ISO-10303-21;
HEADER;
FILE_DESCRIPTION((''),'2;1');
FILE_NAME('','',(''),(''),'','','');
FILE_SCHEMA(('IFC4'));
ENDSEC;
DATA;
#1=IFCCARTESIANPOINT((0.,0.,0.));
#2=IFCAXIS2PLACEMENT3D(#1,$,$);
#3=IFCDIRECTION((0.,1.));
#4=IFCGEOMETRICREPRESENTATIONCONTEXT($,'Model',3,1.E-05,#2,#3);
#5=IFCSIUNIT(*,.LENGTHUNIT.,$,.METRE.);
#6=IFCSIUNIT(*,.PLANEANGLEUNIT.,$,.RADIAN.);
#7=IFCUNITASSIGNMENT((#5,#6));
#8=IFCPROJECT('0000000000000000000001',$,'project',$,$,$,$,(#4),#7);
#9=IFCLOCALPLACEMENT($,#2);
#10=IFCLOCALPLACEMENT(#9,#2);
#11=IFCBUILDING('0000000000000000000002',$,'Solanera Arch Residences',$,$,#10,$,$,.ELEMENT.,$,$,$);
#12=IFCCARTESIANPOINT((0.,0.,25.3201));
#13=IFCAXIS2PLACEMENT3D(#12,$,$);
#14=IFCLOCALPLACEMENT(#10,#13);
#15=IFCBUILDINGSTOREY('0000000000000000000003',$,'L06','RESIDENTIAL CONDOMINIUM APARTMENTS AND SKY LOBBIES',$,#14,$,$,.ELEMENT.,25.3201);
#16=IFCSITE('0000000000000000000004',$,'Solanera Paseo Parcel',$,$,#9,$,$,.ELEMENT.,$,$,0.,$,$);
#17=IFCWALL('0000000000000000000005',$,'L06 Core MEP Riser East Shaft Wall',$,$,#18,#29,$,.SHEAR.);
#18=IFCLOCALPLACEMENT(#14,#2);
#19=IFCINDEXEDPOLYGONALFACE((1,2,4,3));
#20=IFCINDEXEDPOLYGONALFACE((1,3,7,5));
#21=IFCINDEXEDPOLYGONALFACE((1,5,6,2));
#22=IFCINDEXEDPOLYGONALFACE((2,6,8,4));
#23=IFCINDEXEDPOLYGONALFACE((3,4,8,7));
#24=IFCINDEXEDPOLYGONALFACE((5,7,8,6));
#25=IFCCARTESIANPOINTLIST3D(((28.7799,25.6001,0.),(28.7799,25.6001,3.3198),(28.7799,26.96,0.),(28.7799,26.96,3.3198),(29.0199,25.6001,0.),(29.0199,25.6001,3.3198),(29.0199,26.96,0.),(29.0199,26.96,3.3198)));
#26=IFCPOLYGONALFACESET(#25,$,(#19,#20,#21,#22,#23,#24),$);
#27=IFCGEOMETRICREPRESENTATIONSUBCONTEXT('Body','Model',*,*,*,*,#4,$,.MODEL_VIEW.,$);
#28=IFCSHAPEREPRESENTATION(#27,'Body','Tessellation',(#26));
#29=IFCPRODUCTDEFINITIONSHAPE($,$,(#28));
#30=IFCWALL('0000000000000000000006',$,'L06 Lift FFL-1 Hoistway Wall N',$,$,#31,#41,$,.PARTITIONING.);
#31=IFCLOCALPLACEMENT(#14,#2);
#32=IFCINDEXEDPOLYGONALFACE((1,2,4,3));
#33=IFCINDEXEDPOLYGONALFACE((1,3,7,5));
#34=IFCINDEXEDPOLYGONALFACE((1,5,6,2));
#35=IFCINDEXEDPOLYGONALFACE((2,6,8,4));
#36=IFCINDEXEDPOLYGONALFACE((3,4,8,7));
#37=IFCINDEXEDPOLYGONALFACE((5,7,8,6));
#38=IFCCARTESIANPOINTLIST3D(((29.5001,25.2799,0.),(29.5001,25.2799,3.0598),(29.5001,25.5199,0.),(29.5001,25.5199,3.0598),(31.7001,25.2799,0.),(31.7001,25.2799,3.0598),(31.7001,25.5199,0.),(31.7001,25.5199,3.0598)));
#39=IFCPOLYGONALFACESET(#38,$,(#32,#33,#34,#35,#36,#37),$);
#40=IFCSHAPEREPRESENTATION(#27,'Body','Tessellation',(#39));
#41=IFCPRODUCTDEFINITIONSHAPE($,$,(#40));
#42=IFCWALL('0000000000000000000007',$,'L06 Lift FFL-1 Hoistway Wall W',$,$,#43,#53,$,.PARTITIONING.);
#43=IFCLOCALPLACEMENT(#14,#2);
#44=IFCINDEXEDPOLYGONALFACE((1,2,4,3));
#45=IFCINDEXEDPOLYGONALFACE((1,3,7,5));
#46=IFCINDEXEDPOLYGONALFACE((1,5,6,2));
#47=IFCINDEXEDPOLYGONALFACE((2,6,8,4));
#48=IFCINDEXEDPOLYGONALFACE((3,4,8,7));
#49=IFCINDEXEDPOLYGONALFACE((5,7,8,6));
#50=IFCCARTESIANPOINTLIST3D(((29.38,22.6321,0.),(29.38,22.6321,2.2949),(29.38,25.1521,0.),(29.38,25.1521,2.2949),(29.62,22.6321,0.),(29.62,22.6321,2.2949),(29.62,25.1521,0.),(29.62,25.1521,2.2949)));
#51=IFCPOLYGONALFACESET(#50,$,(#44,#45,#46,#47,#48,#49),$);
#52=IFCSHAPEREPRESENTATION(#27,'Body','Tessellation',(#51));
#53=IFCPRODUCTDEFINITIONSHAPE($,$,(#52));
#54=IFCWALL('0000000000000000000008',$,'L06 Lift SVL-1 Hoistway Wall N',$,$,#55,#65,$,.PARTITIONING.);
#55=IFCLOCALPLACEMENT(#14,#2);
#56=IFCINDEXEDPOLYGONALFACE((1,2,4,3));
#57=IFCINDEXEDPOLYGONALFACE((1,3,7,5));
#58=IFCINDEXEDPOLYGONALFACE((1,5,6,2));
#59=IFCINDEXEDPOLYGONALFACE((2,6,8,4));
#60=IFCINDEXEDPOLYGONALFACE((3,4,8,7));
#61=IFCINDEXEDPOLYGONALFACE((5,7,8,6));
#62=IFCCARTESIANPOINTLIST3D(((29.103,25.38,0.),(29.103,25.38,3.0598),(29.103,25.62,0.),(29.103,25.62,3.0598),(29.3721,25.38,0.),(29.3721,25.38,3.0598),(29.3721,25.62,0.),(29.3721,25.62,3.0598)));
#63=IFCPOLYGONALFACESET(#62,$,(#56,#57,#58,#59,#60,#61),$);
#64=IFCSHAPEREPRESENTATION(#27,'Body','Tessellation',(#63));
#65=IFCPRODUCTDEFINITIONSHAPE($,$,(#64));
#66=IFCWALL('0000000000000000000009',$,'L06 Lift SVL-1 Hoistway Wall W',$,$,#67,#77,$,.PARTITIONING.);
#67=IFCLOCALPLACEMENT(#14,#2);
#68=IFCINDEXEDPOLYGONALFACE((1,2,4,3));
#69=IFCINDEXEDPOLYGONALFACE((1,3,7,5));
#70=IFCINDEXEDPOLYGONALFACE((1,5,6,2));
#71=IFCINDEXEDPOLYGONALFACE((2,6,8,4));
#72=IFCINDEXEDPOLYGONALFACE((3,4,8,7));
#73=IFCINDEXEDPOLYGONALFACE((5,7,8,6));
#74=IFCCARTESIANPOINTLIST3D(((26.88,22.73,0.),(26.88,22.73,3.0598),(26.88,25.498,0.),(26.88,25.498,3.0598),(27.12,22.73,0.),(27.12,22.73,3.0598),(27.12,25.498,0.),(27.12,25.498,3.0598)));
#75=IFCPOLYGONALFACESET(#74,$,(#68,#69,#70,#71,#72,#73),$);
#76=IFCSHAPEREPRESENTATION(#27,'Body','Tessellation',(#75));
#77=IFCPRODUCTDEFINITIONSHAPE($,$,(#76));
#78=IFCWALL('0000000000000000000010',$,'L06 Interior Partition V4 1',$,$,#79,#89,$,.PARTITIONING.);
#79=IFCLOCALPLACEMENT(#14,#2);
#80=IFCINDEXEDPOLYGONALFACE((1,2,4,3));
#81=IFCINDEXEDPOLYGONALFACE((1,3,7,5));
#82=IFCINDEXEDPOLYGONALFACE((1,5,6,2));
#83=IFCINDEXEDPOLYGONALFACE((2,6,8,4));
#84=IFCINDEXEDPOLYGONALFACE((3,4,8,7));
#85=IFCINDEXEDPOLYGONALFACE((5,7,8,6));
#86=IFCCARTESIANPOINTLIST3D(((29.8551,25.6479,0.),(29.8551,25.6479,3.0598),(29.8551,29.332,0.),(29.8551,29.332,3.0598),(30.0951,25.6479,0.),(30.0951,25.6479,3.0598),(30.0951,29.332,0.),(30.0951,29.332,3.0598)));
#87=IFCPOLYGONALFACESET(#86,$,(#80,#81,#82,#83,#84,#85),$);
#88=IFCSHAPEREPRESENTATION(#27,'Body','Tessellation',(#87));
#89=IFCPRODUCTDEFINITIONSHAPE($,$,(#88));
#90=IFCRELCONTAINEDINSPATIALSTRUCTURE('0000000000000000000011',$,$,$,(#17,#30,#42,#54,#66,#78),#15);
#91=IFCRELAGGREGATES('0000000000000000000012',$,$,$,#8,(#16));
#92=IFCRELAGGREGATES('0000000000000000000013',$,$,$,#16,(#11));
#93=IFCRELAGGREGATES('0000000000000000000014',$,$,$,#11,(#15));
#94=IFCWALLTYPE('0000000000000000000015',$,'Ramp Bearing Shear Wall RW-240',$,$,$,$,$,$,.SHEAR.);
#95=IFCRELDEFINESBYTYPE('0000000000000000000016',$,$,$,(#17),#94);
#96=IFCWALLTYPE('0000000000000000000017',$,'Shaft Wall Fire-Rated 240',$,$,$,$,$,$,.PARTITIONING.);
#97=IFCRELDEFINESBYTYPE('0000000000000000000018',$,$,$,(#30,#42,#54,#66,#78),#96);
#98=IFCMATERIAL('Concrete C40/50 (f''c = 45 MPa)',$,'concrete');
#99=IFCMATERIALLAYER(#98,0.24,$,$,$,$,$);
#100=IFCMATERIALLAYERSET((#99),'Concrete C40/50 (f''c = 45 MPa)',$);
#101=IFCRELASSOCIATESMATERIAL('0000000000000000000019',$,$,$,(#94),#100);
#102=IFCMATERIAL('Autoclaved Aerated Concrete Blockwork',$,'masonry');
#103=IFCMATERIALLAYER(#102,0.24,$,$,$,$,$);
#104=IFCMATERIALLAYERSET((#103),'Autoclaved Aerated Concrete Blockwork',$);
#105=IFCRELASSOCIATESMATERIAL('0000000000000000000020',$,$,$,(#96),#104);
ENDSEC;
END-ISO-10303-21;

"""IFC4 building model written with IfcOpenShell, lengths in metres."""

from ifc_helpers import new_model, si_unit, direction, frame, frame_2d, origin, place, context, subcontext, project, spatial, rectangle, extrude, material, layer, layer_set, type_object, element, save


model = new_model("IFC4")

# Units and contexts
model_context = context("Model", 3, precision=1e-05, world=origin(), true_north=direction((0.0, 1.0)))
body_context = subcontext(model_context, "Body", "Model", "MODEL_VIEW")
ifc_project = project(units=[si_unit("LENGTHUNIT", "METRE"), si_unit("PLANEANGLEUNIT", "RADIAN")], contexts=[model_context])

# Site, building, storey
site_placement = place(None, origin())
site = spatial("IfcSite", under=ifc_project, at=site_placement, Name="Solanera Paseo Parcel", CompositionType="ELEMENT", RefElevation=0.0)
building_placement = place(site_placement, origin())
building = spatial("IfcBuilding", under=site, at=building_placement, Name="Solanera Arch Residences", CompositionType="ELEMENT")
storey_placement = place(building_placement, frame((0.0, 0.0, 25.3201)))
storey = spatial("IfcBuildingStorey", under=building, at=storey_placement, Name="L06", Description="RESIDENTIAL CONDOMINIUM APARTMENTS AND SKY LOBBIES", CompositionType="ELEMENT", Elevation=25.3201)

# Walls
ifc_material_1 = material(Name="Concrete C40/50 (f'c = 45 MPa)", Category="concrete")
ifc_layer_1 = layer(ifc_material_1, 0.24)
ifc_layer_set_1 = layer_set([ifc_layer_1], Name="Concrete C40/50 (f'c = 45 MPa)")
wall_type_1 = type_object("IfcWallType", Name="Ramp Bearing Shear Wall RW-240", PredefinedType="SHEAR", material=ifc_layer_set_1)
for number, where, z_axis, x_axis, name in (
    (1, (28.8999, 25.6001, 0.0), (0.0, 0.0, 1.0), (0.0, 1.0, 0.0), "L06 Core MEP Riser East Shaft Wall"),
):
    element("IfcWall", number, at=place(storey_placement, frame(where, z_axis=z_axis, x_axis=x_axis)), inside=storey, type_object=wall_type_1, Name=name, PredefinedType="SHEAR", context=body_context, shape_type="SweptSolid", body=[
        extrude(rectangle(XDim=1.3599, YDim=0.24, at=frame_2d((0.6799, 0.0))), origin(), (0.0, 0.0, 1.0), 3.3198),
    ])
ifc_material_2 = material(Name="Autoclaved Aerated Concrete Blockwork", Category="masonry")
ifc_layer_2 = layer(ifc_material_2, 0.24)
ifc_layer_set_2 = layer_set([ifc_layer_2], Name="Autoclaved Aerated Concrete Blockwork")
wall_type_2 = type_object("IfcWallType", Name="Shaft Wall Fire-Rated 240", PredefinedType="PARTITIONING", material=ifc_layer_set_2)
wall_1_placement = place(storey_placement, frame((29.5, 25.3999, 0.0), z_axis=(0.0, 0.0, 1.0), x_axis=(1.0, 0.0, 0.0)))
element("IfcWall", 2, at=wall_1_placement, inside=storey, type_object=wall_type_2, Name="L06 Lift FFL-1 Hoistway Wall N", PredefinedType="PARTITIONING", context=body_context, shape_type="SweptSolid", body=[
    extrude(rectangle(XDim=2.2, YDim=0.24, at=frame_2d((1.1001, 0.0))), origin(), (0.0, 0.0, 1.0), 3.0598),
])
wall_2_placement = place(storey_placement, frame((29.5, 22.6321, 0.0), z_axis=(0.0, 0.0, 1.0), x_axis=(0.0, 1.0, 0.0)))
element("IfcWall", 3, at=wall_2_placement, inside=storey, type_object=wall_type_2, Name="L06 Lift FFL-1 Hoistway Wall W", PredefinedType="PARTITIONING", context=body_context, shape_type="SweptSolid", body=[
    extrude(rectangle(XDim=2.52, YDim=0.24, at=frame_2d((1.26, 0.0))), origin(), (0.0, 0.0, 1.0), 2.2949),
])
wall_3_placement = place(storey_placement, frame((29.103, 25.5, 0.0), z_axis=(0.0, 0.0, 1.0), x_axis=(1.0, 0.0, 0.0)))
element("IfcWall", 4, at=wall_3_placement, inside=storey, type_object=wall_type_2, Name="L06 Lift SVL-1 Hoistway Wall N", PredefinedType="PARTITIONING", context=body_context, shape_type="SweptSolid", body=[
    extrude(rectangle(XDim=0.269, YDim=0.24, at=frame_2d((0.1345, 0.0))), origin(), (0.0, 0.0, 1.0), 3.0598),
])
wall_4_placement = place(storey_placement, frame((27.0, 22.73, 0.0), z_axis=(0.0, 0.0, 1.0), x_axis=(0.0, 1.0, 0.0)))
element("IfcWall", 5, at=wall_4_placement, inside=storey, type_object=wall_type_2, Name="L06 Lift SVL-1 Hoistway Wall W", PredefinedType="PARTITIONING", context=body_context, shape_type="SweptSolid", body=[
    extrude(rectangle(XDim=2.7681, YDim=0.24, at=frame_2d((1.384, 0.0))), origin(), (0.0, 0.0, 1.0), 3.0598),
])
wall_5_placement = place(storey_placement, frame((29.9751, 25.6479, 0.0), z_axis=(0.0, 0.0, 1.0), x_axis=(0.0, 1.0, 0.0)))
element("IfcWall", 6, at=wall_5_placement, inside=storey, type_object=wall_type_2, Name="L06 Interior Partition V4 1", PredefinedType="PARTITIONING", context=body_context, shape_type="SweptSolid", body=[
    extrude(rectangle(XDim=3.6841, YDim=0.24, at=frame_2d((1.842, 0.0))), origin(), (0.0, 0.0, 1.0), 3.0598),
])

save(model, "model.ifc")
